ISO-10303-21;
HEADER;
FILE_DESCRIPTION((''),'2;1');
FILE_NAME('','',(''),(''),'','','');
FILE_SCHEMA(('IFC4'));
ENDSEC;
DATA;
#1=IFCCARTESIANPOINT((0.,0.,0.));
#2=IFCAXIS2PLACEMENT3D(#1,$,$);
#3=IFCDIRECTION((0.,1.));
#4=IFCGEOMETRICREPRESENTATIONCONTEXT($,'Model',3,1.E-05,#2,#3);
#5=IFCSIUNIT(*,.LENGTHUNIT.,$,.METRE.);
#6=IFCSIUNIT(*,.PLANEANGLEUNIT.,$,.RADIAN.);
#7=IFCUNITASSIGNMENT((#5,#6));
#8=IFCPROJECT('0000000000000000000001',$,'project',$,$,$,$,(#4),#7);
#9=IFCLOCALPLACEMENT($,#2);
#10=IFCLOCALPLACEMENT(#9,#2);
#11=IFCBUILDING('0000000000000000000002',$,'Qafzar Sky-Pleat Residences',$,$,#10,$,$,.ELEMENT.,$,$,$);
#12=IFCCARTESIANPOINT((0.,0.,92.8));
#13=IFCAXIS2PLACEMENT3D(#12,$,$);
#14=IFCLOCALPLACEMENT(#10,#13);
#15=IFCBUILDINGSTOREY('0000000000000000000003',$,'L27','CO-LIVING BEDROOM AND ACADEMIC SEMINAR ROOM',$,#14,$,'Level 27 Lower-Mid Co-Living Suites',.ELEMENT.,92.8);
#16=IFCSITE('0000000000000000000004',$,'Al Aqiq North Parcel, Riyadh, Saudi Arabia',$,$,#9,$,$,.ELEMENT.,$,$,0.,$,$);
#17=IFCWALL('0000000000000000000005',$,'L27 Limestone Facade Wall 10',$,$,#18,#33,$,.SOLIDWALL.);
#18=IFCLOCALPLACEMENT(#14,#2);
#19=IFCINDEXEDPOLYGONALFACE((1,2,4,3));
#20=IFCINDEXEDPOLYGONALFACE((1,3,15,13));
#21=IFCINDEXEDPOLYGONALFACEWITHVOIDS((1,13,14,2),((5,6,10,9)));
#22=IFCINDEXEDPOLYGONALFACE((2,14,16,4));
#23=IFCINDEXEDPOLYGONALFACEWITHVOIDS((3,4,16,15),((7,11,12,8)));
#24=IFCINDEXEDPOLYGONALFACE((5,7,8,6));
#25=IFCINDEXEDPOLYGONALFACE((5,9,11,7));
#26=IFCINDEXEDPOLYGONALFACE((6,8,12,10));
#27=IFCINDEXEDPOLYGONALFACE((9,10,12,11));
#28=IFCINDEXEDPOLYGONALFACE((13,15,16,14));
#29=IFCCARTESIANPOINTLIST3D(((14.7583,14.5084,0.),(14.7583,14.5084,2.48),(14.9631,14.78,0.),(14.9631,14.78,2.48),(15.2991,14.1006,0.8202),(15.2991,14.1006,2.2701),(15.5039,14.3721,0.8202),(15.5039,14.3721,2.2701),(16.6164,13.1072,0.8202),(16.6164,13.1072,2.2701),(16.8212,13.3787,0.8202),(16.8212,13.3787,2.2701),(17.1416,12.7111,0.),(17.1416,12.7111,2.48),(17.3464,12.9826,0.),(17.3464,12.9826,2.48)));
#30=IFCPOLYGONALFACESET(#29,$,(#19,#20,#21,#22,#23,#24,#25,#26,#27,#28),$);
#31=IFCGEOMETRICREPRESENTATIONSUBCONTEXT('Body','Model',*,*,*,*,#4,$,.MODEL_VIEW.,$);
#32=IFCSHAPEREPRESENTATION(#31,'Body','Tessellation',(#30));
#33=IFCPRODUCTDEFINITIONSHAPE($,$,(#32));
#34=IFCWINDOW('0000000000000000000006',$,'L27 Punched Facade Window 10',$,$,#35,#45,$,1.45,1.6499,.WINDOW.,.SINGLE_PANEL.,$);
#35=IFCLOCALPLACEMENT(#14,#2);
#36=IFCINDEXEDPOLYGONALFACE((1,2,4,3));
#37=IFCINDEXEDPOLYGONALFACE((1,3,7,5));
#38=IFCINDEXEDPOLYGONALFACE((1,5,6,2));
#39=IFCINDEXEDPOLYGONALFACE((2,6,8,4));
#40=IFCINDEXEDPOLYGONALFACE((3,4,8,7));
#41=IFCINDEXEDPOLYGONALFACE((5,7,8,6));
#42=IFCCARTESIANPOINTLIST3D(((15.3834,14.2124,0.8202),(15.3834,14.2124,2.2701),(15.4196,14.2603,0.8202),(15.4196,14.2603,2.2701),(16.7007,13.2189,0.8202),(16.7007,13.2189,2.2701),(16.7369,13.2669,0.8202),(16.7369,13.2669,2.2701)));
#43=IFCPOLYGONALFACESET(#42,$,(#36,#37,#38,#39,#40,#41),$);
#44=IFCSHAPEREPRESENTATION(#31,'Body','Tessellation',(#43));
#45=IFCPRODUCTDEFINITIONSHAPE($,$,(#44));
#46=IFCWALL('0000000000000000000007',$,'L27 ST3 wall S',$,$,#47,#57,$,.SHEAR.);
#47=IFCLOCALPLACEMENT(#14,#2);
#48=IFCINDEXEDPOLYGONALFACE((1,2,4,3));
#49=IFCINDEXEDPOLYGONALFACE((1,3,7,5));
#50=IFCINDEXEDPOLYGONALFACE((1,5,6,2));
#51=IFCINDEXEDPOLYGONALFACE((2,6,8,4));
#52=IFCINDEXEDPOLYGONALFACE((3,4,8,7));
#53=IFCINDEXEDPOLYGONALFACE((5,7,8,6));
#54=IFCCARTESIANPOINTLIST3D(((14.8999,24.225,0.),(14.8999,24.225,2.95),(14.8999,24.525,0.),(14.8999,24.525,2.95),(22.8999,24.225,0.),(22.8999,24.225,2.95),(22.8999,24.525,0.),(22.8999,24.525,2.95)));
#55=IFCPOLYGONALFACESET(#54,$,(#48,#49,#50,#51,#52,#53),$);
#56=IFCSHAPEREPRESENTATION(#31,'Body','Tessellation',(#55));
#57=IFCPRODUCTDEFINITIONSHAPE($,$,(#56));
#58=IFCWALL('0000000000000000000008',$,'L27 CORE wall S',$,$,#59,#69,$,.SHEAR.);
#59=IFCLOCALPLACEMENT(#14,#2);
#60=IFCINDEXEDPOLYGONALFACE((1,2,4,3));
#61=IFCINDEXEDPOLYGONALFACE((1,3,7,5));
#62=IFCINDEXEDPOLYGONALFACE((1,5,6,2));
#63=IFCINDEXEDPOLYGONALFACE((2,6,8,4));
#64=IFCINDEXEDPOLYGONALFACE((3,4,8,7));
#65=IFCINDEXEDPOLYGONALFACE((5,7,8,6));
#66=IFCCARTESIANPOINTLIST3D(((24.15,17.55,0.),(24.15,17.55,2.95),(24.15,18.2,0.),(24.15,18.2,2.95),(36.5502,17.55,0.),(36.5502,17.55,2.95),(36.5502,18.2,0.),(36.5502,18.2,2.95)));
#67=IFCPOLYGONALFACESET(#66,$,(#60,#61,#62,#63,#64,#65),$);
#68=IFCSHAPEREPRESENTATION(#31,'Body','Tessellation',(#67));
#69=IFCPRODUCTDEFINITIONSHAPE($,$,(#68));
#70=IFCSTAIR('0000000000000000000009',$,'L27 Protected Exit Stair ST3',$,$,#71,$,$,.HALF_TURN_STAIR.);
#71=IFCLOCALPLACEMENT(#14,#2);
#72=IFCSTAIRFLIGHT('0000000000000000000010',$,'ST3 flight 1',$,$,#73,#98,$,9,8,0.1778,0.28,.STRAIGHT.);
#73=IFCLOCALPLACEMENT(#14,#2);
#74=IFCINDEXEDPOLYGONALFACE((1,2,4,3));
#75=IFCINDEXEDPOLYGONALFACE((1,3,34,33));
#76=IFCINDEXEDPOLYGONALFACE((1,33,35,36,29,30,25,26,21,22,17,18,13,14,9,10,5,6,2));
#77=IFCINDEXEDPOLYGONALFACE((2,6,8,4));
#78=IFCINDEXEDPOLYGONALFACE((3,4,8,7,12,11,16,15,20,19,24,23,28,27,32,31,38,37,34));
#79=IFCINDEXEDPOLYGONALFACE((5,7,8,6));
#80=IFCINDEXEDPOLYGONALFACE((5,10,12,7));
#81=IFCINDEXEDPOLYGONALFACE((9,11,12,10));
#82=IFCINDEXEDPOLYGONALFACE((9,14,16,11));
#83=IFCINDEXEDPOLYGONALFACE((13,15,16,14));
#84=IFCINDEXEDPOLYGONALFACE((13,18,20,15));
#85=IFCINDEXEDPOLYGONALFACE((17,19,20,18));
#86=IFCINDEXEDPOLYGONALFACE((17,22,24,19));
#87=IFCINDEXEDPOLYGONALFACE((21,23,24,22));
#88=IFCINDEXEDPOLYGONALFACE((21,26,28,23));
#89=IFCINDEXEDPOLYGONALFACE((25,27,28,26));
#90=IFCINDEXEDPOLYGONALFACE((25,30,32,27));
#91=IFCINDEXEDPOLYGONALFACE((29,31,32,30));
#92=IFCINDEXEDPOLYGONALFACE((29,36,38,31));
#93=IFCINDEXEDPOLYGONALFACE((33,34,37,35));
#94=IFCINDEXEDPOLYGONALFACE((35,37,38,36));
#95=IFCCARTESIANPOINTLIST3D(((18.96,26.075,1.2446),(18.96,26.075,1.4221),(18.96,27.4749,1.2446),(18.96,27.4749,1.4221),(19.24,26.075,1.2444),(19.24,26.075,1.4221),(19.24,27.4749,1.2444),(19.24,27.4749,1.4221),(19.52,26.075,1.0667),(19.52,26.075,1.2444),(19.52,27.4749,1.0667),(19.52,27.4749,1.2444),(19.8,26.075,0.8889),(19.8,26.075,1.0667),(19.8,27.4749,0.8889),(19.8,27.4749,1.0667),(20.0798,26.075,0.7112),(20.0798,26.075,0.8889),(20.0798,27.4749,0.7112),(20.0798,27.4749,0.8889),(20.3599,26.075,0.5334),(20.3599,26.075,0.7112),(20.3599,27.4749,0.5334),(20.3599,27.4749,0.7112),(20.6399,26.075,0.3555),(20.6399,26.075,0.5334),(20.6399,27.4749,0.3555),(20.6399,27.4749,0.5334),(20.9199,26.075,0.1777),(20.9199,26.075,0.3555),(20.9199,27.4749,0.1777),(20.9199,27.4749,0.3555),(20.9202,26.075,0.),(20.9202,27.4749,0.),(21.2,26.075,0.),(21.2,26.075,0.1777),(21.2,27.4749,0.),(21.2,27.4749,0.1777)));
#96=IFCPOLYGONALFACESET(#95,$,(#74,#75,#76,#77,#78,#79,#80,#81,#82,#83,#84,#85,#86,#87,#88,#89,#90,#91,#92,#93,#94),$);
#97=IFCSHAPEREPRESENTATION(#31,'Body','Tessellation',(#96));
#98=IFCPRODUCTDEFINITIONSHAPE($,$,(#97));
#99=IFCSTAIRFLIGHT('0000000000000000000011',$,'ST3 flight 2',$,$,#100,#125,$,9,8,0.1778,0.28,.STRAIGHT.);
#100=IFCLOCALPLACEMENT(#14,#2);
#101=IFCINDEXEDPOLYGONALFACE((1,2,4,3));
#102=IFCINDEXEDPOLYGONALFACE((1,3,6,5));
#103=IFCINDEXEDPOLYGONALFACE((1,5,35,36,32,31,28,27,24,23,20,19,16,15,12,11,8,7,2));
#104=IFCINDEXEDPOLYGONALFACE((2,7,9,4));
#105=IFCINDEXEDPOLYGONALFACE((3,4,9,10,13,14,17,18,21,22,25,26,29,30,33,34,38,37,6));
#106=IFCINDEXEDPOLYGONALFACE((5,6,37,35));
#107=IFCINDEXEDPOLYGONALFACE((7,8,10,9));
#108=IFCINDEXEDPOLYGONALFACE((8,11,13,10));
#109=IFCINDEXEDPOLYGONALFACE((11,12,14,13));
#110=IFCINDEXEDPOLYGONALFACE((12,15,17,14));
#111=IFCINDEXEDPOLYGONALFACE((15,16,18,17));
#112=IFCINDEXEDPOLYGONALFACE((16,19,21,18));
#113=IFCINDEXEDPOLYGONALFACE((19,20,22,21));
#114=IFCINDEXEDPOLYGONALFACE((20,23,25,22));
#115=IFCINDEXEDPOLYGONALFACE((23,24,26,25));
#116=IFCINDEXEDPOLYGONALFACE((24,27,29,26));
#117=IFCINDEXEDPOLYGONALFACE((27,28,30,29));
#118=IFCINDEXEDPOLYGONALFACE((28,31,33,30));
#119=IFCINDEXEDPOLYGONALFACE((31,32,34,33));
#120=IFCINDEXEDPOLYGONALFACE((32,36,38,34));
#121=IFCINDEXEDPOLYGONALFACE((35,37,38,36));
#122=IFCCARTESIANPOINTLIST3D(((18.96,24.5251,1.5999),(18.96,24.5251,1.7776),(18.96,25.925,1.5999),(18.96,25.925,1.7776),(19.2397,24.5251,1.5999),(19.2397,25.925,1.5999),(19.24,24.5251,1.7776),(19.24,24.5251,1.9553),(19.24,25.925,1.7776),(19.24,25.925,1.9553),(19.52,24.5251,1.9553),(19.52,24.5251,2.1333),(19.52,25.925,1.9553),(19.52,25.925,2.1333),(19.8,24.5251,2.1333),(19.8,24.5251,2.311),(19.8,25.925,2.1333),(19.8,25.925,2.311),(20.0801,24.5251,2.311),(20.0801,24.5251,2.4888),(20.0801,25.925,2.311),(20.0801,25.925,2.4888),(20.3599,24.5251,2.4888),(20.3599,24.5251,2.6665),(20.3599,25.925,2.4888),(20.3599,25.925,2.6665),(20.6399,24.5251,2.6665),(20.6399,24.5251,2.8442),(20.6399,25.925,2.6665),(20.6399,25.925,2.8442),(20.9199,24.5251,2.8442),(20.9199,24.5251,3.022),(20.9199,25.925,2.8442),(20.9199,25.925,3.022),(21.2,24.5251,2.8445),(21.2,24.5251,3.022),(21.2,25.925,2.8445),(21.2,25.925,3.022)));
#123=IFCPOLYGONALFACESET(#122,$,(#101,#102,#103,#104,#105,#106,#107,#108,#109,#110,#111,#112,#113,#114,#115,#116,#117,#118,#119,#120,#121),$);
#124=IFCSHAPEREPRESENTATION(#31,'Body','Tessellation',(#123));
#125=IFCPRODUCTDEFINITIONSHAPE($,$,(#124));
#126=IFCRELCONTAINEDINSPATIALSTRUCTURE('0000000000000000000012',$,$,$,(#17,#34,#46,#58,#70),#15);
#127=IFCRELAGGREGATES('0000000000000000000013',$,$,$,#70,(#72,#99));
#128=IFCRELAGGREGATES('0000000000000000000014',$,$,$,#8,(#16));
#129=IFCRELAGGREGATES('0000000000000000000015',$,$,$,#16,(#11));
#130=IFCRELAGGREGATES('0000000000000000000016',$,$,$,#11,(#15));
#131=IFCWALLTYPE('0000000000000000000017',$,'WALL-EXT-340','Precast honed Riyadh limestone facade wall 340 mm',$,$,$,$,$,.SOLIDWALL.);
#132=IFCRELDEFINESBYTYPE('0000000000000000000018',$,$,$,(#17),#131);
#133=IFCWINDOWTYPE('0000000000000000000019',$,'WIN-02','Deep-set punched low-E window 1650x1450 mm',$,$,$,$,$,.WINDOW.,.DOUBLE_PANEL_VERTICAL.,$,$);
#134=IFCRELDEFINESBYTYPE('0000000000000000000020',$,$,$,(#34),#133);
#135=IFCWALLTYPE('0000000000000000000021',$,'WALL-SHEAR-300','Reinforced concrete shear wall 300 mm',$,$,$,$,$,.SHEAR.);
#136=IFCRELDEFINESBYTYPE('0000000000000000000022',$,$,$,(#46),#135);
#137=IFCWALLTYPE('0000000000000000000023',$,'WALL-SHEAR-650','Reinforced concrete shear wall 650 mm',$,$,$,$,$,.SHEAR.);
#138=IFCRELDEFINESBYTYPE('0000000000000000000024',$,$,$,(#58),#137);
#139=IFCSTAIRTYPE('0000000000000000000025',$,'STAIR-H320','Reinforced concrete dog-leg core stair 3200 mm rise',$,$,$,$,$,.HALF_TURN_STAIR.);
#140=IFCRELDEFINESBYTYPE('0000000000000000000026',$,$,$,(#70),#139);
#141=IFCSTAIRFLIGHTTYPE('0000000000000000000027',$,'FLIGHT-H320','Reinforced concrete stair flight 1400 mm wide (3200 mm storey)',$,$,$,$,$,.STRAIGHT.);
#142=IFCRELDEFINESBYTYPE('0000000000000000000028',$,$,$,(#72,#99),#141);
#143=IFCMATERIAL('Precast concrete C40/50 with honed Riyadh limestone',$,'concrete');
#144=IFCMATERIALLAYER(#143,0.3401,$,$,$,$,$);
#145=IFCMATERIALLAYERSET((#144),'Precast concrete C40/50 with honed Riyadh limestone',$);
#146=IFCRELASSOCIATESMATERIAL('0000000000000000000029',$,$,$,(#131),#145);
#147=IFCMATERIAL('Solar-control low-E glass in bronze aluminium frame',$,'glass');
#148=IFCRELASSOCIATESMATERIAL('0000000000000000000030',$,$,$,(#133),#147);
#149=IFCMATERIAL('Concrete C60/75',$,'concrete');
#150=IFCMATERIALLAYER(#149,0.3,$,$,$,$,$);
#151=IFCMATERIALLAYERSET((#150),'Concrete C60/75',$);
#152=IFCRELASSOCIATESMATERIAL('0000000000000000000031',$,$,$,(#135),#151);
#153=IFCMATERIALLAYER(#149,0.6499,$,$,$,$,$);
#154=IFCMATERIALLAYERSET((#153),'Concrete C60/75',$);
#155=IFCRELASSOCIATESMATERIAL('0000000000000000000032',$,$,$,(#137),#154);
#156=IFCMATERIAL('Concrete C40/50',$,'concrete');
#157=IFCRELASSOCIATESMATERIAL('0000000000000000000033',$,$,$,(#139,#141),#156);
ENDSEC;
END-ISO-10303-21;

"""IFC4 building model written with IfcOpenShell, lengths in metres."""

from ifc_helpers import new_model, si_unit, direction, frame, frame_2d, origin, place, context, subcontext, project, spatial, polyline, rectangle, outline, extrude, source, transform, mapped, material, layer, layer_set, type_object, element, fill, aggregate, save


model = new_model("IFC4")

# Units and contexts
model_context = context("Model", 3, precision=1e-05, world=origin(), true_north=direction((0.0, 1.0)))
body_context = subcontext(model_context, "Body", "Model", "MODEL_VIEW")
ifc_project = project(units=[si_unit("LENGTHUNIT", "METRE"), si_unit("PLANEANGLEUNIT", "RADIAN")], contexts=[model_context])

# Site, building, storey
site_placement = place(None, origin())
site = spatial("IfcSite", under=ifc_project, at=site_placement, Name="Al Aqiq North Parcel, Riyadh, Saudi Arabia", CompositionType="ELEMENT", RefElevation=0.0)
building_placement = place(site_placement, origin())
building = spatial("IfcBuilding", under=site, at=building_placement, Name="Qafzar Sky-Pleat Residences", CompositionType="ELEMENT")
storey_placement = place(building_placement, frame((0.0, 0.0, 92.8)))
storey = spatial("IfcBuildingStorey", under=building, at=storey_placement, Name="L27", Description="CO-LIVING BEDROOM AND ACADEMIC SEMINAR ROOM", LongName="Level 27 Lower-Mid Co-Living Suites", CompositionType="ELEMENT", Elevation=92.8)

# Wall, opening, window
ifc_material_1 = material(Name="Precast concrete C40/50 with honed Riyadh limestone", Category="concrete")
ifc_layer_1 = layer(ifc_material_1, 0.3401)
ifc_layer_set_1 = layer_set([ifc_layer_1], Name="Precast concrete C40/50 with honed Riyadh limestone")
wall_type_1 = type_object("IfcWallType", Name="WALL-EXT-340", Description="Precast honed Riyadh limestone facade wall 340 mm", PredefinedType="SOLIDWALL", material=ifc_layer_set_1)
wall_1_placement = place(storey_placement, frame((14.8606, 14.6443, 0.0), z_axis=(0.0, 0.0, 1.0), x_axis=(0.798407, -0.602118, 0.0)))
wall_1 = element("IfcWall", 1, at=wall_1_placement, inside=storey, type_object=wall_type_1, Name="L27 Limestone Facade Wall 10", PredefinedType="SOLIDWALL", context=body_context, shape_type="SweptSolid", body=[
    extrude(rectangle(XDim=2.9851, YDim=0.3401, at=frame_2d((1.4927, 0.0))), origin(), (0.0, 0.0, 1.0), 2.48),
])
opening_1_placement = place(wall_1_placement, frame((0.6775, 0.0, 0.8201)))
opening_1 = element("IfcOpeningElement", 2, at=opening_1_placement, cuts=wall_1, PredefinedType="OPENING", context=body_context, shape_type="SweptSolid", body=[
    extrude(rectangle(XDim=1.6499, YDim=1.45, at=frame_2d((0.825, 0.7251))), frame((0.0, 0.1802, 0.0), z_axis=(0.0, -1.0, 0.0), x_axis=(1.0, 0.0, 0.0)), (0.0, 0.0, 1.0), 0.3601),
])
ifc_material_2 = material(Name="Solar-control low-E glass in bronze aluminium frame", Category="glass")
window_type = type_object("IfcWindowType", Name="WIN-02", Description="Deep-set punched low-E window 1650x1450 mm", PartitioningType="DOUBLE_PANEL_VERTICAL", PredefinedType="WINDOW", material=ifc_material_2)
shared_shape_1 = source(origin(), body_context, "Body", "SweptSolid", [
    extrude(rectangle(XDim=1.6499, YDim=1.45, at=frame_2d((0.825, 0.7251))), frame((0.0, 0.03, 0.0), z_axis=(0.0, -1.0, 0.0), x_axis=(1.0, 0.0, 0.0)), (0.0, 0.0, 1.0), 0.0601),
])
window_placement = place(opening_1_placement, origin())
window = element("IfcWindow", 3, at=window_placement, inside=storey, type_object=window_type, Name="L27 Punched Facade Window 10", OverallHeight=1.45, OverallWidth=1.6499, PartitioningType="SINGLE_PANEL", PredefinedType="WINDOW", context=body_context, shape_type="MappedRepresentation", body=[
    mapped(shared_shape_1, transform((0.0, 0.0, 0.0), x_axis=(1.0, 0.0, 0.0), y_axis=(0.0, 1.0, 0.0), z_axis=(0.0, 0.0, 1.0), scale=1.0)),
])
fill(opening_1, window)

# Shared definitions
ifc_material_3 = material(Name="Concrete C60/75", Category="concrete")
ifc_layer_2 = layer(ifc_material_3, 0.3)
ifc_layer_set_2 = layer_set([ifc_layer_2], Name="Concrete C60/75")
wall_type_2 = type_object("IfcWallType", Name="WALL-SHEAR-300", Description="Reinforced concrete shear wall 300 mm", PredefinedType="SHEAR", material=ifc_layer_set_2)

# Wall
wall_2_placement = place(storey_placement, frame((14.8999, 24.375, 0.0), z_axis=(0.0, 0.0, 1.0), x_axis=(1.0, 0.0, 0.0)))
element("IfcWall", 4, at=wall_2_placement, inside=storey, type_object=wall_type_2, Name="L27 ST3 wall S", PredefinedType="SHEAR", context=body_context, shape_type="SweptSolid", body=[
    extrude(rectangle(XDim=8.0, YDim=0.3, at=frame_2d((4.0, 0.0))), origin(), (0.0, 0.0, 1.0), 2.95),
])

# Wall
ifc_layer_3 = layer(ifc_material_3, 0.6499)
ifc_layer_set_3 = layer_set([ifc_layer_3], Name="Concrete C60/75")
wall_type_3 = type_object("IfcWallType", Name="WALL-SHEAR-650", Description="Reinforced concrete shear wall 650 mm", PredefinedType="SHEAR", material=ifc_layer_set_3)
wall_3_placement = place(storey_placement, frame((24.1499, 17.875, 0.0), z_axis=(0.0, 0.0, 1.0), x_axis=(1.0, 0.0, 0.0)))
element("IfcWall", 5, at=wall_3_placement, inside=storey, type_object=wall_type_3, Name="L27 CORE wall S", PredefinedType="SHEAR", context=body_context, shape_type="SweptSolid", body=[
    extrude(rectangle(XDim=12.4001, YDim=0.6499, at=frame_2d((6.2002, 0.0))), origin(), (0.0, 0.0, 1.0), 2.95),
])

# Stair, stair flights
ifc_material_4 = material(Name="Concrete C40/50", Category="concrete")
stair_type = type_object("IfcStairType", Name="STAIR-H320", Description="Reinforced concrete dog-leg core stair 3200 mm rise", PredefinedType="HALF_TURN_STAIR", material=ifc_material_4)
stair_placement = place(storey_placement, origin())
stair = element("IfcStair", 6, at=stair_placement, inside=storey, type_object=stair_type, Name="L27 Protected Exit Stair ST3", PredefinedType="HALF_TURN_STAIR")
stair_flight_type = type_object("IfcStairFlightType", Name="FLIGHT-H320", Description="Reinforced concrete stair flight 1400 mm wide (3200 mm storey)", PredefinedType="STRAIGHT", material=ifc_material_4)
shared_shape_2 = source(origin(), body_context, "Body", "SweptSolid", [
    extrude(outline(polyline([(0.0, 0.0), (0.0, 0.1777), (0.28, 0.1777), (0.28, 0.3555), (0.5601, 0.3555), (0.5601, 0.5334), (0.8401, 0.5334), (0.8401, 0.7112), (1.1201, 0.7112), (1.1201, 0.8889), (1.3999, 0.8889), (1.3999, 1.0667), (1.6799, 1.0667), (1.6799, 1.2444), (1.96, 1.2444), (1.96, 1.4221), (2.24, 1.4221), (2.24, 1.6001), (2.24, 1.2446), (0.2798, 0.0), (0.0, 0.0)])), frame((0.0, 0.7, 0.0), z_axis=(0.0, -1.0, 0.0), x_axis=(1.0, 0.0, 0.0)), (0.0, 0.0, 1.0), 1.3999),
])
stair_flight_1_placement = place(storey_placement, frame((21.2, 26.7749, 0.0), z_axis=(0.0, 0.0, 1.0), x_axis=(-1.0, 0.0, 0.0)))
stair_flight_1 = element("IfcStairFlight", 7, at=stair_flight_1_placement, type_object=stair_flight_type, Name="ST3 flight 1", NumberOfRisers=9, NumberOfTreads=8, PredefinedType="STRAIGHT", RiserHeight=0.1778, TreadLength=0.28, context=body_context, shape_type="MappedRepresentation", body=[
    mapped(shared_shape_2, transform((0.0, 0.0, 0.0), x_axis=(1.0, 0.0, 0.0), y_axis=(0.0, 1.0, 0.0), z_axis=(0.0, 0.0, 1.0), scale=1.0)),
])
stair_flight_2_placement = place(storey_placement, frame((18.96, 25.2251, 1.5999), z_axis=(0.0, 0.0, 1.0), x_axis=(1.0, 0.0, 0.0)))
stair_flight_2 = element("IfcStairFlight", 8, at=stair_flight_2_placement, type_object=stair_flight_type, Name="ST3 flight 2", NumberOfRisers=9, NumberOfTreads=8, PredefinedType="STRAIGHT", RiserHeight=0.1778, TreadLength=0.28, context=body_context, shape_type="MappedRepresentation", body=[
    mapped(shared_shape_2, transform((0.0, 0.0, 0.0), x_axis=(1.0, 0.0, 0.0), y_axis=(0.0, 1.0, 0.0), z_axis=(0.0, 0.0, 1.0), scale=1.0)),
])
aggregate(stair, [stair_flight_1, stair_flight_2])

save(model, "model.ifc")
